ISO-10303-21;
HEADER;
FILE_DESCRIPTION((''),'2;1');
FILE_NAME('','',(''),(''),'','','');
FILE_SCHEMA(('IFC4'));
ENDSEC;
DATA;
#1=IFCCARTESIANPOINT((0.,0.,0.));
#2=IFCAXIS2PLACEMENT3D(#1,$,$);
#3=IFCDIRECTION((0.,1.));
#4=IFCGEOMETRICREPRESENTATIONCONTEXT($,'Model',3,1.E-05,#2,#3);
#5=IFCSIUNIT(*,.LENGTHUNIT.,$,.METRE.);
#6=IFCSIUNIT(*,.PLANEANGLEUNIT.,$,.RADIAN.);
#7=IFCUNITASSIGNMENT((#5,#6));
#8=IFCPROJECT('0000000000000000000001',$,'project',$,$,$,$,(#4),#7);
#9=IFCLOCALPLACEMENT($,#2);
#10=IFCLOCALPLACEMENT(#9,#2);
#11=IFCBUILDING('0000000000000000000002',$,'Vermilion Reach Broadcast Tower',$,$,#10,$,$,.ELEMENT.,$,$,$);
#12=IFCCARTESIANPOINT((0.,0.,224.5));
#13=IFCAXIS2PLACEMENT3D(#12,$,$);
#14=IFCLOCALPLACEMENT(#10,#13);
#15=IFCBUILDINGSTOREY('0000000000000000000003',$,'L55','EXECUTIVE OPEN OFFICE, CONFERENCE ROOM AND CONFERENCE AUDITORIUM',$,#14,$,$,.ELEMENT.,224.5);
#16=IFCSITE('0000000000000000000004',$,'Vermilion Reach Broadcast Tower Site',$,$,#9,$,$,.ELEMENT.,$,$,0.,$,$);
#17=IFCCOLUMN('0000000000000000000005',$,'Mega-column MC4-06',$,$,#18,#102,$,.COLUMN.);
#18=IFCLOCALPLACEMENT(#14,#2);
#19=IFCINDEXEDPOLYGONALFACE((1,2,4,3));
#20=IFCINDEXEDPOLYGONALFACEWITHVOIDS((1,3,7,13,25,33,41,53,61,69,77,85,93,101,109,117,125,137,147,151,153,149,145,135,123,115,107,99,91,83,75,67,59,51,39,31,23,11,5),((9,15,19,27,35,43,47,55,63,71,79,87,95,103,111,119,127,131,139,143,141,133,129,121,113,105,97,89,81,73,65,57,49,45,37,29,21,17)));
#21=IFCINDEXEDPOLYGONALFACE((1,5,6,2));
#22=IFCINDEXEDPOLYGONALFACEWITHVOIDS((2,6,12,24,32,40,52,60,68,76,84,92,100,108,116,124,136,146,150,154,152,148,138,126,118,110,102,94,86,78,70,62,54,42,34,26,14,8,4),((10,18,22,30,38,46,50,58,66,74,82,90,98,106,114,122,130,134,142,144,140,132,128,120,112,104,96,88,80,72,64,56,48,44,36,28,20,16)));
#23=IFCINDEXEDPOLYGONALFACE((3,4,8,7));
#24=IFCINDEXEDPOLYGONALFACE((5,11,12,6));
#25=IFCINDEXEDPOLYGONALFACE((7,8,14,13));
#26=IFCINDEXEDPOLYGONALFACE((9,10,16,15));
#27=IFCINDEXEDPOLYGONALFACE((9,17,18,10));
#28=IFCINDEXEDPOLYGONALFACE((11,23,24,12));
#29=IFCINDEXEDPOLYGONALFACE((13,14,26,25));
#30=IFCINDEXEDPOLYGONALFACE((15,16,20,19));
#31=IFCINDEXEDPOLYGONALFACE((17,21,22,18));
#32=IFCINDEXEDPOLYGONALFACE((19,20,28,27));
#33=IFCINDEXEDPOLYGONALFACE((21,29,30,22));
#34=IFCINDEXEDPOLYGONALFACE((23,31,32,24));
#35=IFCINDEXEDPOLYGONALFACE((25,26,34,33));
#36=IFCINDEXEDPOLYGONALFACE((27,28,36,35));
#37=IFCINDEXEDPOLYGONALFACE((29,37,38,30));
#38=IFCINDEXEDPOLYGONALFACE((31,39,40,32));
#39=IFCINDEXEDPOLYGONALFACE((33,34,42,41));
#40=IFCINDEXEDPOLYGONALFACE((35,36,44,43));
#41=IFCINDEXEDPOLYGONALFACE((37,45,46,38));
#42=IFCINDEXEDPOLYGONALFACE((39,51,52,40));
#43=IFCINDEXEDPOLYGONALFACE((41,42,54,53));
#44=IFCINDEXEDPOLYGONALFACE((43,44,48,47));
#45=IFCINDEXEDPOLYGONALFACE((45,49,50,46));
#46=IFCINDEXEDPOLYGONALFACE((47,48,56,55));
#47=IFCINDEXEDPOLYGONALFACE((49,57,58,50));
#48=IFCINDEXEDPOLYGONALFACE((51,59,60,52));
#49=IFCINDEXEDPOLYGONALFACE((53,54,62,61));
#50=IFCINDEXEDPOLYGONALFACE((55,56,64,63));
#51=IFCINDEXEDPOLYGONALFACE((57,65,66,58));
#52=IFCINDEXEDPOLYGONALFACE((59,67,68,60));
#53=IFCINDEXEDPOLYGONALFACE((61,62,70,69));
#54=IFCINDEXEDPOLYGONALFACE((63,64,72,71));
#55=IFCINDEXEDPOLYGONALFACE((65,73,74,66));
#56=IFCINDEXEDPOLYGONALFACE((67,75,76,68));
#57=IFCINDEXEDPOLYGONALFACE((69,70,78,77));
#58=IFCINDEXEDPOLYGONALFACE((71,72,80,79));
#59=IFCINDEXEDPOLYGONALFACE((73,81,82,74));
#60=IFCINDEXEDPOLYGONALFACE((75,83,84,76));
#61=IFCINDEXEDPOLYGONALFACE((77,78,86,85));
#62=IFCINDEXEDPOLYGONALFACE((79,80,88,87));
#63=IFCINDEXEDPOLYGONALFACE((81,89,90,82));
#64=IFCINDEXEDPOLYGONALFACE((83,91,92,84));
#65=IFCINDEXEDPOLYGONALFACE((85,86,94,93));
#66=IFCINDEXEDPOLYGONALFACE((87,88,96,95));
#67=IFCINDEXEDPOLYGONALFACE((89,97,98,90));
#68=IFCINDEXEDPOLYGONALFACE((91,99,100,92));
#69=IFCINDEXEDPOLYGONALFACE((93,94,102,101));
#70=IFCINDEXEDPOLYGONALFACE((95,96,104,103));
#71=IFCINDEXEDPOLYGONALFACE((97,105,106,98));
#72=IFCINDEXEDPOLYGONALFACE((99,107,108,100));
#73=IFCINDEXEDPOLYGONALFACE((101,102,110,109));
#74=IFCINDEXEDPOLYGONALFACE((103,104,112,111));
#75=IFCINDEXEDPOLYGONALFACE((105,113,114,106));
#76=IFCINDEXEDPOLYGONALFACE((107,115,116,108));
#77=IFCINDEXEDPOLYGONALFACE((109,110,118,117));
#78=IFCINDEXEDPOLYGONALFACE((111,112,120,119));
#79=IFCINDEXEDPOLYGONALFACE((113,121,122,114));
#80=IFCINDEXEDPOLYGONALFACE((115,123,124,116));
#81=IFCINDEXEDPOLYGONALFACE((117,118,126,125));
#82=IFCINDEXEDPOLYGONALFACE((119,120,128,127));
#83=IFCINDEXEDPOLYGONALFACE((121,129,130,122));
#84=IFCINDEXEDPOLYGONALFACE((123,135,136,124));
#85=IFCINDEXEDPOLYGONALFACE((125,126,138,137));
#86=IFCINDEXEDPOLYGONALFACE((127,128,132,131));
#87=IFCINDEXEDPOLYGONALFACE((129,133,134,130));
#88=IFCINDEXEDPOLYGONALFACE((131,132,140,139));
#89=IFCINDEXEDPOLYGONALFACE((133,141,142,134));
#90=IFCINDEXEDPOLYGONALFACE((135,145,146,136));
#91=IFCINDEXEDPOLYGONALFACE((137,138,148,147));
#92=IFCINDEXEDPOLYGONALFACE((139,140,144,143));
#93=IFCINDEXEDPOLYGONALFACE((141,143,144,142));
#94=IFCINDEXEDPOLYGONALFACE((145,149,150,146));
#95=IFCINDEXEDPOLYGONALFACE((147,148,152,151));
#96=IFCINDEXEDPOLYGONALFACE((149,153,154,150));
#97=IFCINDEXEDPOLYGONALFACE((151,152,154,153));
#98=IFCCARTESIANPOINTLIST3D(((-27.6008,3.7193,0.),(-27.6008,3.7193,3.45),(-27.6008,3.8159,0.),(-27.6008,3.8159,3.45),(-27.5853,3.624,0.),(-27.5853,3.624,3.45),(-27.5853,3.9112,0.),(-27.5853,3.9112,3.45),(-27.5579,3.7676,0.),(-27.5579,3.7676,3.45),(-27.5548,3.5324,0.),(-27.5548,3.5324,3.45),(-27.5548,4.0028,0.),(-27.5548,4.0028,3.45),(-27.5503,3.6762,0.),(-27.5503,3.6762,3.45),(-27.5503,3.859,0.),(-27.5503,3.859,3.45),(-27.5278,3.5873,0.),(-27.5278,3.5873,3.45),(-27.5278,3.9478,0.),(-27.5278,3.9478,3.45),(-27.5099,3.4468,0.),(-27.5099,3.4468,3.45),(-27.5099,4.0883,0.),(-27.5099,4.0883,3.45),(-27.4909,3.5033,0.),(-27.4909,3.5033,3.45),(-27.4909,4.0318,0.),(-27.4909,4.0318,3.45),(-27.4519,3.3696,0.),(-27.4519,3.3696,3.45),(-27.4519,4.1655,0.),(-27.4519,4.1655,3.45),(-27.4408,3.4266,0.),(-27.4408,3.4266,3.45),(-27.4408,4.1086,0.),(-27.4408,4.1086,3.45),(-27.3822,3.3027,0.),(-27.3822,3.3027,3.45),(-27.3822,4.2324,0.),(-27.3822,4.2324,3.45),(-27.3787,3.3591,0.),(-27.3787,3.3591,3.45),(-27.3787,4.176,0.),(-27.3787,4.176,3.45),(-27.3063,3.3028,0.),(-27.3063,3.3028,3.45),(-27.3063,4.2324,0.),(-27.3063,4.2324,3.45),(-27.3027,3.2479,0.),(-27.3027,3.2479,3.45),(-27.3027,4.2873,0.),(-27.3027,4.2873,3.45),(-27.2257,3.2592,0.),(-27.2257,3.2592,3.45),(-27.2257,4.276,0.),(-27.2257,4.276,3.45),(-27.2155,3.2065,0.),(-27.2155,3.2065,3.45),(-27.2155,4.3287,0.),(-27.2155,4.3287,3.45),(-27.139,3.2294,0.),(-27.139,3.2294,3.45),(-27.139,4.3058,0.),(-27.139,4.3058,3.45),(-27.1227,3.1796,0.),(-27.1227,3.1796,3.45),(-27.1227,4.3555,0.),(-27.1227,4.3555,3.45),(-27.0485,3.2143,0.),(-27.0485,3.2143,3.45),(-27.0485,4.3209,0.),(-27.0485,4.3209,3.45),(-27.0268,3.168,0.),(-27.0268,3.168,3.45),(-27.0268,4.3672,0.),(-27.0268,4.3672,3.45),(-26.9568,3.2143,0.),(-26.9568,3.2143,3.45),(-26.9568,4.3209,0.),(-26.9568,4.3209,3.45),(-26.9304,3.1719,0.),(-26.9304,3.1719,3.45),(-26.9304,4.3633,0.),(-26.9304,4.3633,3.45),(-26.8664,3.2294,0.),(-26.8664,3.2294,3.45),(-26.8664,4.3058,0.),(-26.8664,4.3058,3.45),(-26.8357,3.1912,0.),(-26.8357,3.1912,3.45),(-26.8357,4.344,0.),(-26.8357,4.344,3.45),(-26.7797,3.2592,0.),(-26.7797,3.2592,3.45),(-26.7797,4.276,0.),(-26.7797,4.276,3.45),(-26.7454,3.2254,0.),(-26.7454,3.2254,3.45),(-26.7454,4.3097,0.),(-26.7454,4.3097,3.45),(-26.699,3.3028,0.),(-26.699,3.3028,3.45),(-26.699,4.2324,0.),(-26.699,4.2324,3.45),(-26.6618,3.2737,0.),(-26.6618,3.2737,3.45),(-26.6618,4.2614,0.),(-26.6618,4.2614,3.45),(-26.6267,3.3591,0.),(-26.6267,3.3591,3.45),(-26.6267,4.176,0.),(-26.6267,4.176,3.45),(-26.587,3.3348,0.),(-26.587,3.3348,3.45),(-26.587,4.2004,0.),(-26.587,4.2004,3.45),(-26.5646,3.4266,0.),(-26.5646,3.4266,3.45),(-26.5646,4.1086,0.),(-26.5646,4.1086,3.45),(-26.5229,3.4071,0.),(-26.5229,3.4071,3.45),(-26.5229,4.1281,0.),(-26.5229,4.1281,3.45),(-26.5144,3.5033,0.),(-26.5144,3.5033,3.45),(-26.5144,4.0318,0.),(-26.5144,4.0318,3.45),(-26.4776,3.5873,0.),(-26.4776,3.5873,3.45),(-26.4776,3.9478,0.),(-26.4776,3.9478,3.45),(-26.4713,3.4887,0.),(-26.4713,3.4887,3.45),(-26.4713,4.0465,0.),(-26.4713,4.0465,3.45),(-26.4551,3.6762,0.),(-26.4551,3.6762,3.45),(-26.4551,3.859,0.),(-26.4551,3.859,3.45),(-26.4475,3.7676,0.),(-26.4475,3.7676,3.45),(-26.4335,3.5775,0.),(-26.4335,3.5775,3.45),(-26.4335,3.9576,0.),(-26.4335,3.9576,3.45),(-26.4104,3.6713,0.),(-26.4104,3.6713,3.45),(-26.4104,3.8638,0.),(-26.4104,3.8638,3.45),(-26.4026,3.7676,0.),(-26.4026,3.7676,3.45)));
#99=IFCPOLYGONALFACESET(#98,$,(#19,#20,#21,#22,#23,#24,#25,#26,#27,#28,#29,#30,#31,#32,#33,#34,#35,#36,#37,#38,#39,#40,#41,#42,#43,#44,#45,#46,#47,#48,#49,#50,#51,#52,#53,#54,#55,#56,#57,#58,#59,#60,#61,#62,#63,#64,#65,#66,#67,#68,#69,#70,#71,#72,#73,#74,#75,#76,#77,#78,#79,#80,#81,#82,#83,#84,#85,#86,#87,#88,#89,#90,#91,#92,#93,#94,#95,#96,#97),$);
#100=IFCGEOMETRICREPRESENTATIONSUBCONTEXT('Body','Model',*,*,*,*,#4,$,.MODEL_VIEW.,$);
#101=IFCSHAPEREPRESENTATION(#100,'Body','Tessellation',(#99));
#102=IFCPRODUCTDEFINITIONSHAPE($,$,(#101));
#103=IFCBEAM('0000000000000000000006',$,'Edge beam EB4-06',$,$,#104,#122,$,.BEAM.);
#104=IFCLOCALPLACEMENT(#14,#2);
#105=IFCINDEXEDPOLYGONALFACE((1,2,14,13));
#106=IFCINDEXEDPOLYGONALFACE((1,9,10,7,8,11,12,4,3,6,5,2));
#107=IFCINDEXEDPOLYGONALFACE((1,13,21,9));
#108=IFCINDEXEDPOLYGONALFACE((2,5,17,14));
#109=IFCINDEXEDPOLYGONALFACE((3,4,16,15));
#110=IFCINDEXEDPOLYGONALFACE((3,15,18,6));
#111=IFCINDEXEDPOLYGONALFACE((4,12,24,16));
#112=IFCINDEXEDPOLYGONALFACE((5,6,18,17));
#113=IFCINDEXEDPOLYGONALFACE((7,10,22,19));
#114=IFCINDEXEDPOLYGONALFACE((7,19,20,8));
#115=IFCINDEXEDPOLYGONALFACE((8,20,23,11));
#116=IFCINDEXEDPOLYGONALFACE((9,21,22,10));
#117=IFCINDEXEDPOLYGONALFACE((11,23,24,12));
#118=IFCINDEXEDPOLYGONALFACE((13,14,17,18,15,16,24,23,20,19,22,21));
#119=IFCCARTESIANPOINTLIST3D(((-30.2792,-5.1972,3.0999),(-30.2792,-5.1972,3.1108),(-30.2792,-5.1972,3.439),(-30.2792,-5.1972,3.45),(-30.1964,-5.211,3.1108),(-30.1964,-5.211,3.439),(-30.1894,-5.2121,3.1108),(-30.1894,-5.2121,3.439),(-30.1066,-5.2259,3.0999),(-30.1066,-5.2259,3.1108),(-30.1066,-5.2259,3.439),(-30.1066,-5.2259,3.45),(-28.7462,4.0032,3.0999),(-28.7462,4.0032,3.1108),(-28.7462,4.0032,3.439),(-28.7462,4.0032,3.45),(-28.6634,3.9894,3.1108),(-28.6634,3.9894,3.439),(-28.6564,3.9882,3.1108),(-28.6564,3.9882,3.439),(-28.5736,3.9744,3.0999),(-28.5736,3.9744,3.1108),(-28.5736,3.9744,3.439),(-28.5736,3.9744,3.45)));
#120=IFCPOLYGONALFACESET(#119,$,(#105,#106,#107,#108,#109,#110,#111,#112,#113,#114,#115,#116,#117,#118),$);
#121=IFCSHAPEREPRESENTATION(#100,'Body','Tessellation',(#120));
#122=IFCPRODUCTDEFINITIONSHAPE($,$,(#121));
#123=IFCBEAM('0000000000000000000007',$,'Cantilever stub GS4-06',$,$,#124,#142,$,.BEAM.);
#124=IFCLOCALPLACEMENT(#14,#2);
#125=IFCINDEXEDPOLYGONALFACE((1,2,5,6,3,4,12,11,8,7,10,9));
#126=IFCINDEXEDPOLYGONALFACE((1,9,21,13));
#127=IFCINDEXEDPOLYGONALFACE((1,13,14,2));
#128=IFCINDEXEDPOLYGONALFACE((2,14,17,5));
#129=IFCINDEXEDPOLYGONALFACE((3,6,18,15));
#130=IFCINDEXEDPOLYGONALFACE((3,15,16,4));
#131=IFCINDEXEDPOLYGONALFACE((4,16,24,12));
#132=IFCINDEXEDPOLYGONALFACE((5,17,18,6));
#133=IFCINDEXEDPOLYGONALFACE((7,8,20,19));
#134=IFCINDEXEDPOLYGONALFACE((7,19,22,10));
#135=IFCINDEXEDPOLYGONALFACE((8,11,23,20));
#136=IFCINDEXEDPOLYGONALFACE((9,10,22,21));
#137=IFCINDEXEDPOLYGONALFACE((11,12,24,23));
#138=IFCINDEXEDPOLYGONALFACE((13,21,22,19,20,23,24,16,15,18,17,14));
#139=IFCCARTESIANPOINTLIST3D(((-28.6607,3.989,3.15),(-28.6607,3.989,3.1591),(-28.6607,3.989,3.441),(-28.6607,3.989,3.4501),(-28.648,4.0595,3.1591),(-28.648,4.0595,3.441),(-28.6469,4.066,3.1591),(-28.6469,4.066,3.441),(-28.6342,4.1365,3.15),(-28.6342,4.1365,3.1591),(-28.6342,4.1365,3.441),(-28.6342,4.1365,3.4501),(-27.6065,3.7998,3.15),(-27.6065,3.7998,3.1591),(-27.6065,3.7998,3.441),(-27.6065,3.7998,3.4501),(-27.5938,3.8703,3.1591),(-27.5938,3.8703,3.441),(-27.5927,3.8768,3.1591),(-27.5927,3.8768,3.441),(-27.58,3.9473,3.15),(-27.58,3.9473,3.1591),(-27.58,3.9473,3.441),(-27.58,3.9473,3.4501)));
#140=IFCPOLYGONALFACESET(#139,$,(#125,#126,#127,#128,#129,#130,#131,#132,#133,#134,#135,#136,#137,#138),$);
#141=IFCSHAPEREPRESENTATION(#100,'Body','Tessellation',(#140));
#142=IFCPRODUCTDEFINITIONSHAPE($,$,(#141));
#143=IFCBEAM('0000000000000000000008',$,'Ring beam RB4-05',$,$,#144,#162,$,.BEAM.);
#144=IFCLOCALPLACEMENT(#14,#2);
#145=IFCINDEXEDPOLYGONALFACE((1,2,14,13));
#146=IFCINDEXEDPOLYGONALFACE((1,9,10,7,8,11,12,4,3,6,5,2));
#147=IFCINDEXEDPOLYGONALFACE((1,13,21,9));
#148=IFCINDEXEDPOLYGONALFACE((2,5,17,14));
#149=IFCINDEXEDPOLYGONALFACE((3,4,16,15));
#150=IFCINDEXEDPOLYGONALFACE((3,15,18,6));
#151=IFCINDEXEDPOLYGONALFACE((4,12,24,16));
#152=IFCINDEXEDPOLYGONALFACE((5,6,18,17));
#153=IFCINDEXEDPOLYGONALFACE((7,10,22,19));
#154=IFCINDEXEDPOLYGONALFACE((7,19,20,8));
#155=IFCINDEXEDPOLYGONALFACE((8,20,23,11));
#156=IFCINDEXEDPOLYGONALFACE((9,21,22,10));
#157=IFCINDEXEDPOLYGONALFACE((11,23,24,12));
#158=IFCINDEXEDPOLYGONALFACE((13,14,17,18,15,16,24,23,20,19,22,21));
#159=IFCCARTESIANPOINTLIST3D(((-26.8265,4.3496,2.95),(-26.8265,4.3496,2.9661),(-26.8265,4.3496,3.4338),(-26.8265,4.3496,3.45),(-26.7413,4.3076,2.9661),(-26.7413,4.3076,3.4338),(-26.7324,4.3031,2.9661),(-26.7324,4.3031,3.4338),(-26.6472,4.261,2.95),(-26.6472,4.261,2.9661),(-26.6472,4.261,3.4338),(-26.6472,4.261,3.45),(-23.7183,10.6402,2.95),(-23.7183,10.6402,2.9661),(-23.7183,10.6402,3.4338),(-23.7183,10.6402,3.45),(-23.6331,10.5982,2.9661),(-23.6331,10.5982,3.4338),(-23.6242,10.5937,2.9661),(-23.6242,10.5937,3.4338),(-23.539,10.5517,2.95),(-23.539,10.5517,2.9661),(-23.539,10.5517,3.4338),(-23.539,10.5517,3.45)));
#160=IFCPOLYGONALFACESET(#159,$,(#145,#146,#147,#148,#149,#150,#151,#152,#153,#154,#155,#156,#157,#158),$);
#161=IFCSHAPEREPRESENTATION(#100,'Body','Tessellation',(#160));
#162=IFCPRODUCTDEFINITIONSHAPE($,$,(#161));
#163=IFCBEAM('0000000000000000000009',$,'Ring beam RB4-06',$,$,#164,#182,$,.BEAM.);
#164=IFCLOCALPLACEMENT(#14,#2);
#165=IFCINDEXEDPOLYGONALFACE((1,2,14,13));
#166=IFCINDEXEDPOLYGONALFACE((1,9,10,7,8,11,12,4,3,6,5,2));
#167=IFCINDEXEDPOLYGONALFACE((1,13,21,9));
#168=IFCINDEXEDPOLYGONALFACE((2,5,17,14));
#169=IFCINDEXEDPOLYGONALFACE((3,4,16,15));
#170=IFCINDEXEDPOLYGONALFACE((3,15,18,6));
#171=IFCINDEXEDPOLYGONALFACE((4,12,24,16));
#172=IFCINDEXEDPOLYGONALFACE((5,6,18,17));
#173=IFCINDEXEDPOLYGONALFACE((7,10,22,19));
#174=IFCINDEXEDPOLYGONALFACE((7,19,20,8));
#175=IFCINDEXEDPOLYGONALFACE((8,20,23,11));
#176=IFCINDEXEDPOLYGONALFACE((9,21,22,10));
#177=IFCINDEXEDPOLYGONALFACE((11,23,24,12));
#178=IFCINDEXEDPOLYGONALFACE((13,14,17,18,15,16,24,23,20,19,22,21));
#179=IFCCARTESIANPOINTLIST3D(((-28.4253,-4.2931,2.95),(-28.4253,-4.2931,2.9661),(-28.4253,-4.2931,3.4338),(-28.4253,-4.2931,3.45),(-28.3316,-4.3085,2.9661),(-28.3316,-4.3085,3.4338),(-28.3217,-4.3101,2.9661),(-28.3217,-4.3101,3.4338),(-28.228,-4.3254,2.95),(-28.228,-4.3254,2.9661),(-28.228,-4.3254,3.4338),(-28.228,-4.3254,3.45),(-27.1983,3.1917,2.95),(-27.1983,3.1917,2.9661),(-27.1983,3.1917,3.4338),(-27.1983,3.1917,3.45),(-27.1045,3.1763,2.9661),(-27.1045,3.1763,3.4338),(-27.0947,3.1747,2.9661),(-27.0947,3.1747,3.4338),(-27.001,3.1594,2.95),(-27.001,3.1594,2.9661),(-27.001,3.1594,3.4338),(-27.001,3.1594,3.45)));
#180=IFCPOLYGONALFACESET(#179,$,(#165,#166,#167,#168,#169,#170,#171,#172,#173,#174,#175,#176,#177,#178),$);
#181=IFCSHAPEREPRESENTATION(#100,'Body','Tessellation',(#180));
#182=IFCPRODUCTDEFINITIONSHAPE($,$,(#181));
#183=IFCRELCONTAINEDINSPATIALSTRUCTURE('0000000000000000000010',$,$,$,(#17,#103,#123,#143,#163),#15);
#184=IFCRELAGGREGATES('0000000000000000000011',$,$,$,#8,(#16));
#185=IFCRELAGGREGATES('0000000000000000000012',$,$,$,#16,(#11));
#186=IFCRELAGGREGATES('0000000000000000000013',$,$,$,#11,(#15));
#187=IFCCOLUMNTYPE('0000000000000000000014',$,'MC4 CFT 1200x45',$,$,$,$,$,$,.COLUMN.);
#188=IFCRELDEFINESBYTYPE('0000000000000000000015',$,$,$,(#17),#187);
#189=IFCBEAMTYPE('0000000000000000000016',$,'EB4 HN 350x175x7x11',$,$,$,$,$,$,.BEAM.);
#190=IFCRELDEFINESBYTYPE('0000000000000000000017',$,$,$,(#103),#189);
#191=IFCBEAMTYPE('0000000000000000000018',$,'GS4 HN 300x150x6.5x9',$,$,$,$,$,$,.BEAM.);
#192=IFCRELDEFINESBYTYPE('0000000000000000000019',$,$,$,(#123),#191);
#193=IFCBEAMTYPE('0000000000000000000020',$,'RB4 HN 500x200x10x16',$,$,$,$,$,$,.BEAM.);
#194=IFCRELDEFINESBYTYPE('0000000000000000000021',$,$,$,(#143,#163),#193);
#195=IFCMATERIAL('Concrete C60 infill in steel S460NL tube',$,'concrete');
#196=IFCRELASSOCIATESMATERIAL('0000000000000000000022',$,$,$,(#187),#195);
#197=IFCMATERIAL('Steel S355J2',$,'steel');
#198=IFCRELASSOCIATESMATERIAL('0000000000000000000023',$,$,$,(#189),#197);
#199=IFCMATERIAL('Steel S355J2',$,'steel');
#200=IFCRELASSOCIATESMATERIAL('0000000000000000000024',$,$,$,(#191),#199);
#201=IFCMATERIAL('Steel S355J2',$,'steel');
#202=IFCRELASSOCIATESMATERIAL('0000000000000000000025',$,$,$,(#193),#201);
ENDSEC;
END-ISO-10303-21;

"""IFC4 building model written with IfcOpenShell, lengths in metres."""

from ifc_helpers import new_model, si_unit, direction, frame, origin, origin_2d, place, context, subcontext, project, spatial, hollow_circle, i_section, extrude, material, material_profile, profile_set, type_object, element, save


model = new_model("IFC4")

# Units and contexts
model_context = context("Model", 3, precision=1e-05, world=origin(), true_north=direction((0.0, 1.0)))
body_context = subcontext(model_context, "Body", "Model", "MODEL_VIEW")
ifc_project = project(units=[si_unit("LENGTHUNIT", "METRE"), si_unit("PLANEANGLEUNIT", "RADIAN")], contexts=[model_context])

# Site, building, storey
site_placement = place(None, origin())
site = spatial("IfcSite", under=ifc_project, at=site_placement, Name="Vermilion Reach Broadcast Tower Site", CompositionType="ELEMENT", RefElevation=0.0)
building_placement = place(site_placement, origin())
building = spatial("IfcBuilding", under=site, at=building_placement, Name="Vermilion Reach Broadcast Tower", CompositionType="ELEMENT")
storey_placement = place(building_placement, frame((0.0, 0.0, 224.5)))
storey = spatial("IfcBuildingStorey", under=building, at=storey_placement, Name="L55", Description="EXECUTIVE OPEN OFFICE, CONFERENCE ROOM AND CONFERENCE AUDITORIUM", CompositionType="ELEMENT", Elevation=224.5)

# Column
ifc_material_1 = material(Name="Concrete C60 infill in steel S460NL tube", Category="concrete")
ifc_material_profile_1 = material_profile(ifc_material_1, hollow_circle(Radius=0.6001, WallThickness=0.0449, at=origin_2d()), Name="Concrete C60 infill in steel S460NL tube CFT 1200x45")
ifc_profile_set_1 = profile_set([ifc_material_profile_1], Name="Concrete C60 infill in steel S460NL tube")
column_type = type_object("IfcColumnType", Name="MC4 CFT 1200x45", PredefinedType="COLUMN", material=ifc_profile_set_1)
column_placement = place(storey_placement, frame((-27.0027, 3.7676, 0.0), z_axis=(0.0, 0.0, 1.0), x_axis=(1.0, 0.0, 0.0)))
element("IfcColumn", 1, at=column_placement, inside=storey, type_object=column_type, Name="Mega-column MC4-06", PredefinedType="COLUMN", context=body_context, shape_type="SweptSolid", body=[
    extrude(hollow_circle(Radius=0.6001, WallThickness=0.0449, at=origin_2d()), origin(), (0.0, 0.0, 1.0), 3.45),
])

# Beams
ifc_material_2 = material(Name="Steel S355J2", Category="steel")
ifc_material_profile_2 = material_profile(ifc_material_2, i_section(OverallWidth=0.175, OverallDepth=0.3501, WebThickness=0.0071, FlangeThickness=0.011, at=origin_2d()), Name="S355J2 HN 350x175x7x11")
ifc_profile_set_2 = profile_set([ifc_material_profile_2], Name="Steel S355J2")
beam_type_1 = type_object("IfcBeamType", Name="EB4 HN 350x175x7x11", PredefinedType="BEAM", material=ifc_profile_set_2)
beam_1_placement = place(storey_placement, frame((-28.6599, 3.9888, 3.2749), z_axis=(-0.164357, -0.986401, 0.0), x_axis=(0.986401, -0.164357, 0.0)))
element("IfcBeam", 2, at=beam_1_placement, inside=storey, type_object=beam_type_1, Name="Edge beam EB4-06", PredefinedType="BEAM", context=body_context, shape_type="SweptSolid", body=[
    extrude(i_section(OverallWidth=0.175, OverallDepth=0.3501, WebThickness=0.0071, FlangeThickness=0.011, at=origin_2d()), origin(), (0.0, 0.0, 1.0), 9.3271),
])
ifc_material_3 = material(Name="Steel S355J2", Category="steel")
ifc_material_profile_3 = material_profile(ifc_material_3, i_section(OverallWidth=0.1499, OverallDepth=0.3, WebThickness=0.0066, FlangeThickness=0.009, at=origin_2d()), Name="S355J2 HN 300x150x6.5x9")
ifc_profile_set_3 = profile_set([ifc_material_profile_3], Name="Steel S355J2")
beam_type_2 = type_object("IfcBeamType", Name="GS4 HN 300x150x6.5x9", PredefinedType="BEAM", material=ifc_profile_set_3)
beam_2_placement = place(storey_placement, frame((-27.5933, 3.8735, 3.3), z_axis=(-0.984272, 0.176658, 0.0), x_axis=(-0.176658, -0.984272, 0.0)))
element("IfcBeam", 3, at=beam_2_placement, inside=storey, type_object=beam_type_2, Name="Cantilever stub GS4-06", PredefinedType="BEAM", context=body_context, shape_type="SweptSolid", body=[
    extrude(i_section(OverallWidth=0.1499, OverallDepth=0.3, WebThickness=0.0066, FlangeThickness=0.009, at=origin_2d()), origin(), (0.0, 0.0, 1.0), 1.071),
])
ifc_material_4 = material(Name="Steel S355J2", Category="steel")
ifc_material_profile_4 = material_profile(ifc_material_4, i_section(OverallWidth=0.2, OverallDepth=0.5, WebThickness=0.01, FlangeThickness=0.0161, at=origin_2d()), Name="S355J2 HN 500x200x10x16")
ifc_profile_set_4 = profile_set([ifc_material_profile_4], Name="Steel S355J2")
beam_type_3 = type_object("IfcBeamType", Name="RB4 HN 500x200x10x16", PredefinedType="BEAM", material=ifc_profile_set_4)
beam_3_placement = place(storey_placement, frame((-23.6287, 10.5959, 3.2), z_axis=(-0.442977, -0.896533, 0.0), x_axis=(0.896533, -0.442977, 0.0)))
element("IfcBeam", 4, at=beam_3_placement, inside=storey, type_object=beam_type_3, Name="Ring beam RB4-05", PredefinedType="BEAM", context=body_context, shape_type="SweptSolid", body=[
    extrude(i_section(OverallWidth=0.2, OverallDepth=0.5, WebThickness=0.01, FlangeThickness=0.0161, at=origin_2d()), origin(), (0.0, 0.0, 1.0), 7.0166),
])
beam_4_placement = place(storey_placement, frame((-27.0996, 3.1755, 3.2), z_axis=(-0.161778, -0.986827, 0.0), x_axis=(0.986827, -0.161778, 0.0)))
element("IfcBeam", 5, at=beam_4_placement, inside=storey, type_object=beam_type_3, Name="Ring beam RB4-06", PredefinedType="BEAM", context=body_context, shape_type="SweptSolid", body=[
    extrude(i_section(OverallWidth=0.2, OverallDepth=0.5, WebThickness=0.01, FlangeThickness=0.0161, at=origin_2d()), origin(), (0.0, 0.0, 1.0), 7.5847),
])

save(model, "model.ifc")
